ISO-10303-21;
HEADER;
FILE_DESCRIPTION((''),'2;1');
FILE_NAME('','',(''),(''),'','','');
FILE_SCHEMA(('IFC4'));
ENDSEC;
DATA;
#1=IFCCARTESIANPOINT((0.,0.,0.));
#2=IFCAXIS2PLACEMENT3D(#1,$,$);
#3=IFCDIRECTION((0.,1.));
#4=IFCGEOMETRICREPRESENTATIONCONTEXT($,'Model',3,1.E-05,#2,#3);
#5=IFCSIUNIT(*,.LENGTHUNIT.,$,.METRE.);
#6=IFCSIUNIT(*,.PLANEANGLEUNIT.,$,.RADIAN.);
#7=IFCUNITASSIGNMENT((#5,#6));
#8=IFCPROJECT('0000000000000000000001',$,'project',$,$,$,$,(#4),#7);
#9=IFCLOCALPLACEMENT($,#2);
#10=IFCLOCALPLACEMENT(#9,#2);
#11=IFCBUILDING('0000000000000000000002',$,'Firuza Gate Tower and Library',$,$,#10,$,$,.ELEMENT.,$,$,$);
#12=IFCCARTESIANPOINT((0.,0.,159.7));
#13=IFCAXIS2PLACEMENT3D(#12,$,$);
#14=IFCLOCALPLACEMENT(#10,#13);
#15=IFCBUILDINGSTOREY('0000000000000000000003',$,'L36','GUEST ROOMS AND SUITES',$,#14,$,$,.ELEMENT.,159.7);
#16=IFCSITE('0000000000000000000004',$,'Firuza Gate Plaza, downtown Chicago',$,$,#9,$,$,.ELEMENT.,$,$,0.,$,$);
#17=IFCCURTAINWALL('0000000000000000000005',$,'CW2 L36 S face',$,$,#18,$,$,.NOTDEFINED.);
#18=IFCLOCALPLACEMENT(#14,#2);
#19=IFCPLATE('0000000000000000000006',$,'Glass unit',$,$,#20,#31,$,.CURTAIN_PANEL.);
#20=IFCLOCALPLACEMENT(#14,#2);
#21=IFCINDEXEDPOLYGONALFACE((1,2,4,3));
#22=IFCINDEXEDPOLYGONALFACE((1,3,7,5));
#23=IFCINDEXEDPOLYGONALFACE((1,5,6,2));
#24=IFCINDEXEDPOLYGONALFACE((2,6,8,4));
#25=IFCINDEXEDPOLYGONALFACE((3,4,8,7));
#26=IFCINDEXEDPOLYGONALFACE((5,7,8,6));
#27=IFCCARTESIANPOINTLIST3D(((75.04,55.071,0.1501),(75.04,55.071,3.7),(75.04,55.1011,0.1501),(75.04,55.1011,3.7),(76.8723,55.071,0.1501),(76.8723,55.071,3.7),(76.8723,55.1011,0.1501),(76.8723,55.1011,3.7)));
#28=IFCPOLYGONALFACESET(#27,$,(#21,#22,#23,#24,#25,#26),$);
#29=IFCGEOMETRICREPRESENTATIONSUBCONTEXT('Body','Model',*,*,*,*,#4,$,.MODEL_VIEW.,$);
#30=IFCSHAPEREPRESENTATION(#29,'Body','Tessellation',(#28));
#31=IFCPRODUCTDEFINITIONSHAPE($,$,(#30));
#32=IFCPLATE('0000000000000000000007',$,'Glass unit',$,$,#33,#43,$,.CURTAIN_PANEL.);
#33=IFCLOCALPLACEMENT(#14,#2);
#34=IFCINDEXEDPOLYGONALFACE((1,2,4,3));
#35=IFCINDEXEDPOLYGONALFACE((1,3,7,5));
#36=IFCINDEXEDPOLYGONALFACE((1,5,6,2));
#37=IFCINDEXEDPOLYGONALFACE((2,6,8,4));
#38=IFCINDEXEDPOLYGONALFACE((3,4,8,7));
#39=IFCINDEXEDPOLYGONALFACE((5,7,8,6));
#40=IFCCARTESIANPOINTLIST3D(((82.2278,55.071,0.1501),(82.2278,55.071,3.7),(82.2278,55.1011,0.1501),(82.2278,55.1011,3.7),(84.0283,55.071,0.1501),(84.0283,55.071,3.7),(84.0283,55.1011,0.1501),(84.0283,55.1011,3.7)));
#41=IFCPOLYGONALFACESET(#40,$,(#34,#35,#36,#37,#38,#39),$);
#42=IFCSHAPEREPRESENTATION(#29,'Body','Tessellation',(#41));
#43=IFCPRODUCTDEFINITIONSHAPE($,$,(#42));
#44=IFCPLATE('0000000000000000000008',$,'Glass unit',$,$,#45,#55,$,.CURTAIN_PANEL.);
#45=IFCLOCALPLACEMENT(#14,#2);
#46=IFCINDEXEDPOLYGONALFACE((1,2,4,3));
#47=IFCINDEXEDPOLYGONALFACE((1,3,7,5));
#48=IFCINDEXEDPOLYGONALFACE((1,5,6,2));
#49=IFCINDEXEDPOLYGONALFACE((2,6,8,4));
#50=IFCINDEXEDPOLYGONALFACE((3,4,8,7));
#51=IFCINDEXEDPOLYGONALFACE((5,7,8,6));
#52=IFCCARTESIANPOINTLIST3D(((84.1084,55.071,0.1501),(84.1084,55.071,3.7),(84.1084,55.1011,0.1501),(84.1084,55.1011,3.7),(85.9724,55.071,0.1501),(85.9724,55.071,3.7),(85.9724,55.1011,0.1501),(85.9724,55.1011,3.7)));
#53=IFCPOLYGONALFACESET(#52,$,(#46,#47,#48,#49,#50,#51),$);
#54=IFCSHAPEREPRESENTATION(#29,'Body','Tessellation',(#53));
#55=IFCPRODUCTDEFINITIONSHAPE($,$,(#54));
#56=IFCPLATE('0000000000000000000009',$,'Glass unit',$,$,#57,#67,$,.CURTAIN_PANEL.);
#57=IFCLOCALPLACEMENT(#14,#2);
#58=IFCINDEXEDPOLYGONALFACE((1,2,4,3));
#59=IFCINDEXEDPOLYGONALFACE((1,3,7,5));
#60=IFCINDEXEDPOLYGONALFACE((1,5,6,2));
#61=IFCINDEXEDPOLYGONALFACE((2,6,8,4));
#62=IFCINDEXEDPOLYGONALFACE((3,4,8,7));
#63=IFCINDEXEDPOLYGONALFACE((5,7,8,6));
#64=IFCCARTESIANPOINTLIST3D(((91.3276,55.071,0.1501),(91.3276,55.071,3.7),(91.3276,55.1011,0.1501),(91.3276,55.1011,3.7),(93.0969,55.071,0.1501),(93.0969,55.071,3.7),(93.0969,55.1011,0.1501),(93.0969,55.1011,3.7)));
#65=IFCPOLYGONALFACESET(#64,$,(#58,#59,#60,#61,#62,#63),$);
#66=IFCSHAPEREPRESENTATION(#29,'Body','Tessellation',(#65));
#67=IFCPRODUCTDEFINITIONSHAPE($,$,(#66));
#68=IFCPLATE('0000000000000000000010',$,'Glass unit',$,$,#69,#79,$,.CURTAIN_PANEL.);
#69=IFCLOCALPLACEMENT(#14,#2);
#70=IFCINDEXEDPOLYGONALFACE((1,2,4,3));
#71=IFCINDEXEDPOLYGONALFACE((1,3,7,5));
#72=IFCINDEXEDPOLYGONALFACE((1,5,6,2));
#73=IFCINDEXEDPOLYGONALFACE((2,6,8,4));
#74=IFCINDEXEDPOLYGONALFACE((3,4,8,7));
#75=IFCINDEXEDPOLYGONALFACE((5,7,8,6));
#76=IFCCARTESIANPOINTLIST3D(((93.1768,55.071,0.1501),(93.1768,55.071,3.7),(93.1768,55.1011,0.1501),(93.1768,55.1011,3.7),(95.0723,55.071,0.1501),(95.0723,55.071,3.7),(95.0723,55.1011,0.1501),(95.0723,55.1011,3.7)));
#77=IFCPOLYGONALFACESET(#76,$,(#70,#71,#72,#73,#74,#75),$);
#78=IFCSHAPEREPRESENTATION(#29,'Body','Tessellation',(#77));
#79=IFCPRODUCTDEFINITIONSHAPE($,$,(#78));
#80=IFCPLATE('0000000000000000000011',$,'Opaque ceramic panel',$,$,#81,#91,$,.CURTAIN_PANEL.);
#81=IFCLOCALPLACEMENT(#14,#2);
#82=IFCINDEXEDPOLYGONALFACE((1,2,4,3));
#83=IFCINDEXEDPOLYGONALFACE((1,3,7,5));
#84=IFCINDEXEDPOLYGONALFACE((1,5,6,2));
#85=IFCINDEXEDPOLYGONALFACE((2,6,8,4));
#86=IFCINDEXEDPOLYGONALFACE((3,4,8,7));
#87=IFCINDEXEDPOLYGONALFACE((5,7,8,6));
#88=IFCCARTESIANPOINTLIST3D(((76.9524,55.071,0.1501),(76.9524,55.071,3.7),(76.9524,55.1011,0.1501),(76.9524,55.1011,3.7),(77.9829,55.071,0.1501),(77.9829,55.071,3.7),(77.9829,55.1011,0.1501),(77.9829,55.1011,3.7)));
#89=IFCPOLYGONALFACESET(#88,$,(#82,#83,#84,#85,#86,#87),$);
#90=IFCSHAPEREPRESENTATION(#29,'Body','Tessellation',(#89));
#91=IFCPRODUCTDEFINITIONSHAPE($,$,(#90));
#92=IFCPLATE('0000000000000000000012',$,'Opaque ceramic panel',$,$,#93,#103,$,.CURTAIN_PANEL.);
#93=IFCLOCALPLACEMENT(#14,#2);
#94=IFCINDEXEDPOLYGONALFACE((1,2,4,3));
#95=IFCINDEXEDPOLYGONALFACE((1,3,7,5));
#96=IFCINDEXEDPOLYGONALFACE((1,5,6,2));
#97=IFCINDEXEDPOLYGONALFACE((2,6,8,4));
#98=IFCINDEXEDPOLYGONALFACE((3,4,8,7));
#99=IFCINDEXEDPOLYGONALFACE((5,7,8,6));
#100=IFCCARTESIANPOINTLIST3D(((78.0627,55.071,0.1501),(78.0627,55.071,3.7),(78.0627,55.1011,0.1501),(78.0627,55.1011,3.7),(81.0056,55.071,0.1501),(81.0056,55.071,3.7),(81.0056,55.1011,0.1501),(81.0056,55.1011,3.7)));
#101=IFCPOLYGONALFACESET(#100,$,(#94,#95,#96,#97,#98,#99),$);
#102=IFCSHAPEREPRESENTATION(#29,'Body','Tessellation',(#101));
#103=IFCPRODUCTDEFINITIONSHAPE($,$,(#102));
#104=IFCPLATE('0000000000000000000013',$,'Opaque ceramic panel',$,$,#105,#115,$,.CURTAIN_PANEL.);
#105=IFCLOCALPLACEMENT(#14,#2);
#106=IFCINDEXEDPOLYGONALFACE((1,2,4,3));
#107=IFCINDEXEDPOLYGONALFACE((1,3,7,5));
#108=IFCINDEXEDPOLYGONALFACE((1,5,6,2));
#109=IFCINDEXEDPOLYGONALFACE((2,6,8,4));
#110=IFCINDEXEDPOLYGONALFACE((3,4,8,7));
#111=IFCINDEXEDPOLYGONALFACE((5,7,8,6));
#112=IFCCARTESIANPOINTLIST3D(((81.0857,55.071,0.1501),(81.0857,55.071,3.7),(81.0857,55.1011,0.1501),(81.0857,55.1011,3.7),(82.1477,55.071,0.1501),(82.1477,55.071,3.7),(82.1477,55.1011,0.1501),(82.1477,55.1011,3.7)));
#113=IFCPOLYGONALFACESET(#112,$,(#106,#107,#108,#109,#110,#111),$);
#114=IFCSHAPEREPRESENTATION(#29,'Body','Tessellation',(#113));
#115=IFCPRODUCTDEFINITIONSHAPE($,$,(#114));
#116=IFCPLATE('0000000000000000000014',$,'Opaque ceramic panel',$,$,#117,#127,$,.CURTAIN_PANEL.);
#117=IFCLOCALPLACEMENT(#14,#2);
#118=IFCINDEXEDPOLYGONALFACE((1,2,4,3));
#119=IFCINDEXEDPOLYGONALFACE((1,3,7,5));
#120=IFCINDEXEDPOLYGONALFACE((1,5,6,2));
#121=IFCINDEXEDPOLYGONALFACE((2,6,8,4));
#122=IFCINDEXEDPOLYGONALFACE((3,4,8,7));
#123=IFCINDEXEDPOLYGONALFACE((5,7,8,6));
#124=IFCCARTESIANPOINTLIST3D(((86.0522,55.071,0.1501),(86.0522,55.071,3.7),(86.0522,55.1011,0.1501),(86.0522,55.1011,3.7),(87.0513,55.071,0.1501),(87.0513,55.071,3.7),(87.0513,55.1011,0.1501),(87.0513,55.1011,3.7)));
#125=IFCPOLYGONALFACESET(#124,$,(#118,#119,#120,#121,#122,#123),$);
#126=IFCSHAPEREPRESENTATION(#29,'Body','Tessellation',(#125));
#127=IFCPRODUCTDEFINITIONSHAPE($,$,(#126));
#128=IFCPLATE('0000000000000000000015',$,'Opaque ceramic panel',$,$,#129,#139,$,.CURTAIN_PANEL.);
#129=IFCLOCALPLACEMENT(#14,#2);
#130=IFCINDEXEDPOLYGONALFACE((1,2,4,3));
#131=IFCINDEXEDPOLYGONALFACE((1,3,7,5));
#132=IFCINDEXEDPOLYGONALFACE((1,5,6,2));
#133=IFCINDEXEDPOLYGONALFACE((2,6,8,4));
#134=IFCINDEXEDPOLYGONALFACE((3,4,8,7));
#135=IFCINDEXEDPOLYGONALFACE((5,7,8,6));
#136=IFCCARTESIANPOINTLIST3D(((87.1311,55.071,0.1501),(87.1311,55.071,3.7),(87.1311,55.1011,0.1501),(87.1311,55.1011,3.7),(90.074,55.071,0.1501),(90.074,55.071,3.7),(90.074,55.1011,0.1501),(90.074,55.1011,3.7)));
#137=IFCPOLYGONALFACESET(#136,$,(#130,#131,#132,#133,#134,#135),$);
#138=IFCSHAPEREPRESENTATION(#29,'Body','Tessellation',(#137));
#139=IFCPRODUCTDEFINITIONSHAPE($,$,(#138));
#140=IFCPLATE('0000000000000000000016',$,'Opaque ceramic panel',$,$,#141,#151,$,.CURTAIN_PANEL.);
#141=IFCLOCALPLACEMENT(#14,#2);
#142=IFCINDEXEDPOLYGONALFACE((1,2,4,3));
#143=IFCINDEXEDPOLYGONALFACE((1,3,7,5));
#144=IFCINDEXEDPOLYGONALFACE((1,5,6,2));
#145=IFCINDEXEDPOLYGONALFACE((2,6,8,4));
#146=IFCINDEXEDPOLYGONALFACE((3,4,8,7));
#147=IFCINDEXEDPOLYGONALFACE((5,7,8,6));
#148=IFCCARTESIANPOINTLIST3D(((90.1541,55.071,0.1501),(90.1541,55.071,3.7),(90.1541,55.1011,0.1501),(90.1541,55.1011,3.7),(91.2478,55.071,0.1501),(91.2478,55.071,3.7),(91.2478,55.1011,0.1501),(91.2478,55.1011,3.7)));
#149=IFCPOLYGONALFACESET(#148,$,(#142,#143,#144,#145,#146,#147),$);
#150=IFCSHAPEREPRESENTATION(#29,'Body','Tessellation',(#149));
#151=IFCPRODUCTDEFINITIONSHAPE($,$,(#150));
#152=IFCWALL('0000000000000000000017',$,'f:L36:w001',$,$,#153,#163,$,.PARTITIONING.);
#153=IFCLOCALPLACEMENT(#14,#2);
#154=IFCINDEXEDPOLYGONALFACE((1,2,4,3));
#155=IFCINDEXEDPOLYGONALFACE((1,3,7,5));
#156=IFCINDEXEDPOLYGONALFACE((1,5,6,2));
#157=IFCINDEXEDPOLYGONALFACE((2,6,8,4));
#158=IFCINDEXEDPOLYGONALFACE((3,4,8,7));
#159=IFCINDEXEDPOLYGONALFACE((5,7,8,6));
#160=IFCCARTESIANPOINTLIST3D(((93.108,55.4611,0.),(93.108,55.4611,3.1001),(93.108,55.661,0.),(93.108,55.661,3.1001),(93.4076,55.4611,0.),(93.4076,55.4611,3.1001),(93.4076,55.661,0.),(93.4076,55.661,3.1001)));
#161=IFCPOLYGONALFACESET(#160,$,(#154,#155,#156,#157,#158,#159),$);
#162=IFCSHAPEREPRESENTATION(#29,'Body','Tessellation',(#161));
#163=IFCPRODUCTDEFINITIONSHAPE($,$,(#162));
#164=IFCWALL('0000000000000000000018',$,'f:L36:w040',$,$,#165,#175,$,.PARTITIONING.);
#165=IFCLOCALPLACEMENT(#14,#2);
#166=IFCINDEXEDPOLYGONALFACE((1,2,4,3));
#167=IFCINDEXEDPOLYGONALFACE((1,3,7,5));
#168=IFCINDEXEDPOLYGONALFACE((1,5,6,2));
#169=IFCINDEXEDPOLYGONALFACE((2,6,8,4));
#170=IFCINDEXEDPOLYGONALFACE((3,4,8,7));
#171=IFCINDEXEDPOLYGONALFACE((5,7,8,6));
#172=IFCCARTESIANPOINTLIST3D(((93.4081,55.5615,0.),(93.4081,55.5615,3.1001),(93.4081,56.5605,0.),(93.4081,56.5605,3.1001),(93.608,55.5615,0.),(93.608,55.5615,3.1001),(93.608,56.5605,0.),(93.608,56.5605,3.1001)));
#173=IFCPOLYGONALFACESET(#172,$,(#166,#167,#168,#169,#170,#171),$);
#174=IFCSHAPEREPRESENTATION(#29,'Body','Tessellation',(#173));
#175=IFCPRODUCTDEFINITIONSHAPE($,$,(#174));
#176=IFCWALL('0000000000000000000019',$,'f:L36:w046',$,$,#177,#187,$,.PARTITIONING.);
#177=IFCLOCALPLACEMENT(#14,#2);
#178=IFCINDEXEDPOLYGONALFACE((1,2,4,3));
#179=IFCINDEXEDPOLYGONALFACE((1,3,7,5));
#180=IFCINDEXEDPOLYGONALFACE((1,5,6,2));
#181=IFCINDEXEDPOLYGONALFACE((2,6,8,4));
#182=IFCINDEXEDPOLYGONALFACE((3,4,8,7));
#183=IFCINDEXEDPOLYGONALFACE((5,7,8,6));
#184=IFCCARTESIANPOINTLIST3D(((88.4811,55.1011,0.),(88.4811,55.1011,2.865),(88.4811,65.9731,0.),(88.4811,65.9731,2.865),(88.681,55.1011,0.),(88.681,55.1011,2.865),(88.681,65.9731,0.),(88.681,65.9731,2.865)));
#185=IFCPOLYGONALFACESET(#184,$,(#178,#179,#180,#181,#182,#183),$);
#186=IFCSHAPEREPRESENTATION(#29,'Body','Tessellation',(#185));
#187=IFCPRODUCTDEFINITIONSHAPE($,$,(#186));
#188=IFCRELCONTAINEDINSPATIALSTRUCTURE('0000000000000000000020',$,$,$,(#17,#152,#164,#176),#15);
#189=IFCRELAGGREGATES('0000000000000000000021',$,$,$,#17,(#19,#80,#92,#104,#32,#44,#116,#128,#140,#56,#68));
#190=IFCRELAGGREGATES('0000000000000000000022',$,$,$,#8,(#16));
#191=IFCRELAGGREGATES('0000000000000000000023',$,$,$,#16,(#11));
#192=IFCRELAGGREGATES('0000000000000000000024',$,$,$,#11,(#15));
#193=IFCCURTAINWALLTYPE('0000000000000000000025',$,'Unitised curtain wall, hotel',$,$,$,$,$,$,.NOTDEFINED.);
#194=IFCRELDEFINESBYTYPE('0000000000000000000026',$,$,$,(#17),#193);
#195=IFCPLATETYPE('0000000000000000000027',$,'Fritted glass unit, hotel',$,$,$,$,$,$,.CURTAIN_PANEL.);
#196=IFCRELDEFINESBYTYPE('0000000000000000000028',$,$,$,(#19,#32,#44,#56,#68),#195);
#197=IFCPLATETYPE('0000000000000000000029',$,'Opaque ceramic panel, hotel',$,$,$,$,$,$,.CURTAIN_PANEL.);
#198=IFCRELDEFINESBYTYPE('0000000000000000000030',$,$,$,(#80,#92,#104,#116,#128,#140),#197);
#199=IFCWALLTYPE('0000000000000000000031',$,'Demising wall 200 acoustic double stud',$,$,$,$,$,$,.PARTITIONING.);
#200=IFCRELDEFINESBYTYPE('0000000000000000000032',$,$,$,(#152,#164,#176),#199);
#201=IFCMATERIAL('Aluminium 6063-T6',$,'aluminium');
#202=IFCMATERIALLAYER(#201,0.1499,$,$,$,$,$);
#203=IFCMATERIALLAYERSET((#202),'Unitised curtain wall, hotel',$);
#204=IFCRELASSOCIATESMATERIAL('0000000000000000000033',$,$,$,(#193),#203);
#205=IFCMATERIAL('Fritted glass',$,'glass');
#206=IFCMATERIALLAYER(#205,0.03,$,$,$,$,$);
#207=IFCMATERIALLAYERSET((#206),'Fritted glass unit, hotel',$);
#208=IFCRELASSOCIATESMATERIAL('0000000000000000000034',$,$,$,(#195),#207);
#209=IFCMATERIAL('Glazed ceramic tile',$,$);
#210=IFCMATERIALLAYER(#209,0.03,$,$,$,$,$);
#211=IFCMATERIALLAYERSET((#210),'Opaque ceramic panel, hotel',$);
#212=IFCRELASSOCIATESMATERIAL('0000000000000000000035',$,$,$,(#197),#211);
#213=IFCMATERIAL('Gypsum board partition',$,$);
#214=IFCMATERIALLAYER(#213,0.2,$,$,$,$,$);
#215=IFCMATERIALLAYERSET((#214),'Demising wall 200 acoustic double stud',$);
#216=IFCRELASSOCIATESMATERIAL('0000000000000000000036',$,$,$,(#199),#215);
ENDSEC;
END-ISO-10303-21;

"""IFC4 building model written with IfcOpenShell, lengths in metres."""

from ifc_helpers import new_model, si_unit, direction, frame, frame_2d, origin, place, context, subcontext, project, spatial, polyline, rectangle, outline, extrude, material, layer, layer_set, type_object, element, aggregate, save


model = new_model("IFC4")

# Units and contexts
model_context = context("Model", 3, precision=1e-05, world=origin(), true_north=direction((0.0, 1.0)))
body_context = subcontext(model_context, "Body", "Model", "MODEL_VIEW")
ifc_project = project(units=[si_unit("LENGTHUNIT", "METRE"), si_unit("PLANEANGLEUNIT", "RADIAN")], contexts=[model_context])

# Site, building, storey
site_placement = place(None, origin())
site = spatial("IfcSite", under=ifc_project, at=site_placement, Name="Firuza Gate Plaza, downtown Chicago", CompositionType="ELEMENT", RefElevation=0.0)
building_placement = place(site_placement, origin())
building = spatial("IfcBuilding", under=site, at=building_placement, Name="Firuza Gate Tower and Library", CompositionType="ELEMENT")
storey_placement = place(building_placement, frame((0.0, 0.0, 159.7)))
storey = spatial("IfcBuildingStorey", under=building, at=storey_placement, Name="L36", Description="GUEST ROOMS AND SUITES", CompositionType="ELEMENT", Elevation=159.7)

# Curtain wall
ifc_material_1 = material(Name="Aluminium 6063-T6", Category="aluminium")
ifc_layer_1 = layer(ifc_material_1, 0.1499)
ifc_layer_set_1 = layer_set([ifc_layer_1], Name="Unitised curtain wall, hotel")
curtain_wall_type = type_object("IfcCurtainWallType", Name="Unitised curtain wall, hotel", PredefinedType="NOTDEFINED", material=ifc_layer_set_1)
curtain_wall_placement = place(storey_placement, origin())
curtain_wall = element("IfcCurtainWall", 1, at=curtain_wall_placement, inside=storey, type_object=curtain_wall_type, Name="CW2 L36 S face", PredefinedType="NOTDEFINED")

# Plates
ifc_material_2 = material(Name="Fritted glass", Category="glass")
ifc_layer_2 = layer(ifc_material_2, 0.03)
ifc_layer_set_2 = layer_set([ifc_layer_2], Name="Fritted glass unit, hotel")
plate_type_1 = type_object("IfcPlateType", Name="Fritted glass unit, hotel", PredefinedType="CURTAIN_PANEL", material=ifc_layer_set_2)
plate_1_placement = place(storey_placement, frame((75.04, 55.071, 0.1501), z_axis=(0.0, -1.0, 0.0), x_axis=(1.0, 0.0, 0.0)))
plate_1 = element("IfcPlate", 2, at=plate_1_placement, type_object=plate_type_1, Name="Glass unit", PredefinedType="CURTAIN_PANEL", context=body_context, shape_type="SweptSolid", body=[
    extrude(outline(polyline([(0.0, 0.0), (1.8323, 0.0), (1.8323, 3.5498), (0.0, 3.5498), (0.0, 0.0)])), origin(), (0.0, 0.0, -1.0), 0.03),
])
plate_2_placement = place(storey_placement, frame((82.2278, 55.071, 0.1501), z_axis=(0.0, -1.0, 0.0), x_axis=(1.0, 0.0, 0.0)))
plate_2 = element("IfcPlate", 3, at=plate_2_placement, type_object=plate_type_1, Name="Glass unit", PredefinedType="CURTAIN_PANEL", context=body_context, shape_type="SweptSolid", body=[
    extrude(outline(polyline([(0.0, 0.0), (1.8005, 0.0), (1.8005, 3.5498), (0.0, 3.5498), (0.0, 0.0)])), origin(), (0.0, 0.0, -1.0), 0.03),
])
plate_3_placement = place(storey_placement, frame((84.1084, 55.071, 0.1501), z_axis=(0.0, -1.0, 0.0), x_axis=(1.0, 0.0, 0.0)))
plate_3 = element("IfcPlate", 4, at=plate_3_placement, type_object=plate_type_1, Name="Glass unit", PredefinedType="CURTAIN_PANEL", context=body_context, shape_type="SweptSolid", body=[
    extrude(outline(polyline([(0.0, 0.0), (1.864, 0.0), (1.864, 3.5498), (0.0, 3.5498), (0.0, 0.0)])), origin(), (0.0, 0.0, -1.0), 0.03),
])
plate_4_placement = place(storey_placement, frame((91.3276, 55.071, 0.1501), z_axis=(0.0, -1.0, 0.0), x_axis=(1.0, 0.0, 0.0)))
plate_4 = element("IfcPlate", 5, at=plate_4_placement, type_object=plate_type_1, Name="Glass unit", PredefinedType="CURTAIN_PANEL", context=body_context, shape_type="SweptSolid", body=[
    extrude(outline(polyline([(0.0, 0.0), (1.7693, 0.0), (1.7693, 3.5498), (0.0, 3.5498), (0.0, 0.0)])), origin(), (0.0, 0.0, -1.0), 0.03),
])
plate_5_placement = place(storey_placement, frame((93.1768, 55.071, 0.1501), z_axis=(0.0, -1.0, 0.0), x_axis=(1.0, 0.0, 0.0)))
plate_5 = element("IfcPlate", 6, at=plate_5_placement, type_object=plate_type_1, Name="Glass unit", PredefinedType="CURTAIN_PANEL", context=body_context, shape_type="SweptSolid", body=[
    extrude(outline(polyline([(0.0, 0.0), (1.8955, 0.0), (1.8955, 3.5498), (0.0, 3.5498), (0.0, 0.0)])), origin(), (0.0, 0.0, -1.0), 0.03),
])
ifc_material_3 = material(Name="Glazed ceramic tile")
ifc_layer_3 = layer(ifc_material_3, 0.03)
ifc_layer_set_3 = layer_set([ifc_layer_3], Name="Opaque ceramic panel, hotel")
plate_type_2 = type_object("IfcPlateType", Name="Opaque ceramic panel, hotel", PredefinedType="CURTAIN_PANEL", material=ifc_layer_set_3)
plate_6_placement = place(storey_placement, frame((76.9524, 55.071, 0.1501), z_axis=(0.0, -1.0, 0.0), x_axis=(1.0, 0.0, 0.0)))
plate_6 = element("IfcPlate", 7, at=plate_6_placement, type_object=plate_type_2, Name="Opaque ceramic panel", PredefinedType="CURTAIN_PANEL", context=body_context, shape_type="SweptSolid", body=[
    extrude(outline(polyline([(0.0, 0.0), (1.0305, 0.0), (1.0305, 3.5498), (0.0, 3.5498), (0.0, 0.0)])), origin(), (0.0, 0.0, -1.0), 0.03),
])
plate_7_placement = place(storey_placement, frame((78.0627, 55.071, 0.1501), z_axis=(0.0, -1.0, 0.0), x_axis=(1.0, 0.0, 0.0)))
plate_7 = element("IfcPlate", 8, at=plate_7_placement, type_object=plate_type_2, Name="Opaque ceramic panel", PredefinedType="CURTAIN_PANEL", context=body_context, shape_type="SweptSolid", body=[
    extrude(outline(polyline([(0.0, 0.0), (2.9429, 0.0), (2.9429, 3.5498), (0.0, 3.5498), (0.0, 0.0)])), origin(), (0.0, 0.0, -1.0), 0.03),
])
plate_8_placement = place(storey_placement, frame((81.0857, 55.071, 0.1501), z_axis=(0.0, -1.0, 0.0), x_axis=(1.0, 0.0, 0.0)))
plate_8 = element("IfcPlate", 9, at=plate_8_placement, type_object=plate_type_2, Name="Opaque ceramic panel", PredefinedType="CURTAIN_PANEL", context=body_context, shape_type="SweptSolid", body=[
    extrude(outline(polyline([(0.0, 0.0), (1.062, 0.0), (1.062, 3.5498), (0.0, 3.5498), (0.0, 0.0)])), origin(), (0.0, 0.0, -1.0), 0.03),
])
plate_9_placement = place(storey_placement, frame((86.0522, 55.071, 0.1501), z_axis=(0.0, -1.0, 0.0), x_axis=(1.0, 0.0, 0.0)))
plate_9 = element("IfcPlate", 10, at=plate_9_placement, type_object=plate_type_2, Name="Opaque ceramic panel", PredefinedType="CURTAIN_PANEL", context=body_context, shape_type="SweptSolid", body=[
    extrude(outline(polyline([(0.0, 0.0), (0.999, 0.0), (0.999, 3.5498), (0.0, 3.5498), (0.0, 0.0)])), origin(), (0.0, 0.0, -1.0), 0.03),
])
plate_10_placement = place(storey_placement, frame((87.1311, 55.071, 0.1501), z_axis=(0.0, -1.0, 0.0), x_axis=(1.0, 0.0, 0.0)))
plate_10 = element("IfcPlate", 11, at=plate_10_placement, type_object=plate_type_2, Name="Opaque ceramic panel", PredefinedType="CURTAIN_PANEL", context=body_context, shape_type="SweptSolid", body=[
    extrude(outline(polyline([(0.0, 0.0), (2.9429, 0.0), (2.9429, 3.5498), (0.0, 3.5498), (0.0, 0.0)])), origin(), (0.0, 0.0, -1.0), 0.03),
])
plate_11_placement = place(storey_placement, frame((90.1541, 55.071, 0.1501), z_axis=(0.0, -1.0, 0.0), x_axis=(1.0, 0.0, 0.0)))
plate_11 = element("IfcPlate", 12, at=plate_11_placement, type_object=plate_type_2, Name="Opaque ceramic panel", PredefinedType="CURTAIN_PANEL", context=body_context, shape_type="SweptSolid", body=[
    extrude(outline(polyline([(0.0, 0.0), (1.0938, 0.0), (1.0938, 3.5498), (0.0, 3.5498), (0.0, 0.0)])), origin(), (0.0, 0.0, -1.0), 0.03),
])
aggregate(curtain_wall, [plate_1, plate_6, plate_7, plate_8, plate_2, plate_3, plate_9, plate_10, plate_11, plate_4, plate_5])

# Walls
ifc_material_4 = material(Name="Gypsum board partition")
ifc_layer_4 = layer(ifc_material_4, 0.2)
ifc_layer_set_4 = layer_set([ifc_layer_4], Name="Demising wall 200 acoustic double stud")
wall_type_1 = type_object("IfcWallType", Name="Demising wall 200 acoustic double stud", PredefinedType="PARTITIONING", material=ifc_layer_set_4)
wall_1_placement = place(storey_placement, frame((93.1079, 55.561, 0.0), z_axis=(0.0, 0.0, 1.0), x_axis=(1.0, 0.0, 0.0)))
element("IfcWall", 13, at=wall_1_placement, inside=storey, type_object=wall_type_1, Name="f:L36:w001", PredefinedType="PARTITIONING", context=body_context, shape_type="SweptSolid", body=[
    extrude(rectangle(XDim=0.2996, YDim=0.2, at=frame_2d((0.1499, 0.0))), origin(), (0.0, 0.0, 1.0), 3.1001),
])
wall_2_placement = place(storey_placement, frame((93.5081, 55.5615, 0.0), z_axis=(0.0, 0.0, 1.0), x_axis=(0.0, 1.0, 0.0)))
element("IfcWall", 14, at=wall_2_placement, inside=storey, type_object=wall_type_1, Name="f:L36:w040", PredefinedType="PARTITIONING", context=body_context, shape_type="SweptSolid", body=[
    extrude(rectangle(XDim=0.999, YDim=0.2, at=frame_2d((0.4995, 0.0))), origin(), (0.0, 0.0, 1.0), 3.1001),
])
wall_3_placement = place(storey_placement, frame((88.5811, 55.1011, 0.0), z_axis=(0.0, 0.0, 1.0), x_axis=(0.0, 1.0, 0.0)))
element("IfcWall", 15, at=wall_3_placement, inside=storey, type_object=wall_type_1, Name="f:L36:w046", PredefinedType="PARTITIONING", context=body_context, shape_type="SweptSolid", body=[
    extrude(rectangle(XDim=10.8721, YDim=0.2, at=frame_2d((5.436, 0.0))), origin(), (0.0, 0.0, 1.0), 2.865),
])

save(model, "model.ifc")
